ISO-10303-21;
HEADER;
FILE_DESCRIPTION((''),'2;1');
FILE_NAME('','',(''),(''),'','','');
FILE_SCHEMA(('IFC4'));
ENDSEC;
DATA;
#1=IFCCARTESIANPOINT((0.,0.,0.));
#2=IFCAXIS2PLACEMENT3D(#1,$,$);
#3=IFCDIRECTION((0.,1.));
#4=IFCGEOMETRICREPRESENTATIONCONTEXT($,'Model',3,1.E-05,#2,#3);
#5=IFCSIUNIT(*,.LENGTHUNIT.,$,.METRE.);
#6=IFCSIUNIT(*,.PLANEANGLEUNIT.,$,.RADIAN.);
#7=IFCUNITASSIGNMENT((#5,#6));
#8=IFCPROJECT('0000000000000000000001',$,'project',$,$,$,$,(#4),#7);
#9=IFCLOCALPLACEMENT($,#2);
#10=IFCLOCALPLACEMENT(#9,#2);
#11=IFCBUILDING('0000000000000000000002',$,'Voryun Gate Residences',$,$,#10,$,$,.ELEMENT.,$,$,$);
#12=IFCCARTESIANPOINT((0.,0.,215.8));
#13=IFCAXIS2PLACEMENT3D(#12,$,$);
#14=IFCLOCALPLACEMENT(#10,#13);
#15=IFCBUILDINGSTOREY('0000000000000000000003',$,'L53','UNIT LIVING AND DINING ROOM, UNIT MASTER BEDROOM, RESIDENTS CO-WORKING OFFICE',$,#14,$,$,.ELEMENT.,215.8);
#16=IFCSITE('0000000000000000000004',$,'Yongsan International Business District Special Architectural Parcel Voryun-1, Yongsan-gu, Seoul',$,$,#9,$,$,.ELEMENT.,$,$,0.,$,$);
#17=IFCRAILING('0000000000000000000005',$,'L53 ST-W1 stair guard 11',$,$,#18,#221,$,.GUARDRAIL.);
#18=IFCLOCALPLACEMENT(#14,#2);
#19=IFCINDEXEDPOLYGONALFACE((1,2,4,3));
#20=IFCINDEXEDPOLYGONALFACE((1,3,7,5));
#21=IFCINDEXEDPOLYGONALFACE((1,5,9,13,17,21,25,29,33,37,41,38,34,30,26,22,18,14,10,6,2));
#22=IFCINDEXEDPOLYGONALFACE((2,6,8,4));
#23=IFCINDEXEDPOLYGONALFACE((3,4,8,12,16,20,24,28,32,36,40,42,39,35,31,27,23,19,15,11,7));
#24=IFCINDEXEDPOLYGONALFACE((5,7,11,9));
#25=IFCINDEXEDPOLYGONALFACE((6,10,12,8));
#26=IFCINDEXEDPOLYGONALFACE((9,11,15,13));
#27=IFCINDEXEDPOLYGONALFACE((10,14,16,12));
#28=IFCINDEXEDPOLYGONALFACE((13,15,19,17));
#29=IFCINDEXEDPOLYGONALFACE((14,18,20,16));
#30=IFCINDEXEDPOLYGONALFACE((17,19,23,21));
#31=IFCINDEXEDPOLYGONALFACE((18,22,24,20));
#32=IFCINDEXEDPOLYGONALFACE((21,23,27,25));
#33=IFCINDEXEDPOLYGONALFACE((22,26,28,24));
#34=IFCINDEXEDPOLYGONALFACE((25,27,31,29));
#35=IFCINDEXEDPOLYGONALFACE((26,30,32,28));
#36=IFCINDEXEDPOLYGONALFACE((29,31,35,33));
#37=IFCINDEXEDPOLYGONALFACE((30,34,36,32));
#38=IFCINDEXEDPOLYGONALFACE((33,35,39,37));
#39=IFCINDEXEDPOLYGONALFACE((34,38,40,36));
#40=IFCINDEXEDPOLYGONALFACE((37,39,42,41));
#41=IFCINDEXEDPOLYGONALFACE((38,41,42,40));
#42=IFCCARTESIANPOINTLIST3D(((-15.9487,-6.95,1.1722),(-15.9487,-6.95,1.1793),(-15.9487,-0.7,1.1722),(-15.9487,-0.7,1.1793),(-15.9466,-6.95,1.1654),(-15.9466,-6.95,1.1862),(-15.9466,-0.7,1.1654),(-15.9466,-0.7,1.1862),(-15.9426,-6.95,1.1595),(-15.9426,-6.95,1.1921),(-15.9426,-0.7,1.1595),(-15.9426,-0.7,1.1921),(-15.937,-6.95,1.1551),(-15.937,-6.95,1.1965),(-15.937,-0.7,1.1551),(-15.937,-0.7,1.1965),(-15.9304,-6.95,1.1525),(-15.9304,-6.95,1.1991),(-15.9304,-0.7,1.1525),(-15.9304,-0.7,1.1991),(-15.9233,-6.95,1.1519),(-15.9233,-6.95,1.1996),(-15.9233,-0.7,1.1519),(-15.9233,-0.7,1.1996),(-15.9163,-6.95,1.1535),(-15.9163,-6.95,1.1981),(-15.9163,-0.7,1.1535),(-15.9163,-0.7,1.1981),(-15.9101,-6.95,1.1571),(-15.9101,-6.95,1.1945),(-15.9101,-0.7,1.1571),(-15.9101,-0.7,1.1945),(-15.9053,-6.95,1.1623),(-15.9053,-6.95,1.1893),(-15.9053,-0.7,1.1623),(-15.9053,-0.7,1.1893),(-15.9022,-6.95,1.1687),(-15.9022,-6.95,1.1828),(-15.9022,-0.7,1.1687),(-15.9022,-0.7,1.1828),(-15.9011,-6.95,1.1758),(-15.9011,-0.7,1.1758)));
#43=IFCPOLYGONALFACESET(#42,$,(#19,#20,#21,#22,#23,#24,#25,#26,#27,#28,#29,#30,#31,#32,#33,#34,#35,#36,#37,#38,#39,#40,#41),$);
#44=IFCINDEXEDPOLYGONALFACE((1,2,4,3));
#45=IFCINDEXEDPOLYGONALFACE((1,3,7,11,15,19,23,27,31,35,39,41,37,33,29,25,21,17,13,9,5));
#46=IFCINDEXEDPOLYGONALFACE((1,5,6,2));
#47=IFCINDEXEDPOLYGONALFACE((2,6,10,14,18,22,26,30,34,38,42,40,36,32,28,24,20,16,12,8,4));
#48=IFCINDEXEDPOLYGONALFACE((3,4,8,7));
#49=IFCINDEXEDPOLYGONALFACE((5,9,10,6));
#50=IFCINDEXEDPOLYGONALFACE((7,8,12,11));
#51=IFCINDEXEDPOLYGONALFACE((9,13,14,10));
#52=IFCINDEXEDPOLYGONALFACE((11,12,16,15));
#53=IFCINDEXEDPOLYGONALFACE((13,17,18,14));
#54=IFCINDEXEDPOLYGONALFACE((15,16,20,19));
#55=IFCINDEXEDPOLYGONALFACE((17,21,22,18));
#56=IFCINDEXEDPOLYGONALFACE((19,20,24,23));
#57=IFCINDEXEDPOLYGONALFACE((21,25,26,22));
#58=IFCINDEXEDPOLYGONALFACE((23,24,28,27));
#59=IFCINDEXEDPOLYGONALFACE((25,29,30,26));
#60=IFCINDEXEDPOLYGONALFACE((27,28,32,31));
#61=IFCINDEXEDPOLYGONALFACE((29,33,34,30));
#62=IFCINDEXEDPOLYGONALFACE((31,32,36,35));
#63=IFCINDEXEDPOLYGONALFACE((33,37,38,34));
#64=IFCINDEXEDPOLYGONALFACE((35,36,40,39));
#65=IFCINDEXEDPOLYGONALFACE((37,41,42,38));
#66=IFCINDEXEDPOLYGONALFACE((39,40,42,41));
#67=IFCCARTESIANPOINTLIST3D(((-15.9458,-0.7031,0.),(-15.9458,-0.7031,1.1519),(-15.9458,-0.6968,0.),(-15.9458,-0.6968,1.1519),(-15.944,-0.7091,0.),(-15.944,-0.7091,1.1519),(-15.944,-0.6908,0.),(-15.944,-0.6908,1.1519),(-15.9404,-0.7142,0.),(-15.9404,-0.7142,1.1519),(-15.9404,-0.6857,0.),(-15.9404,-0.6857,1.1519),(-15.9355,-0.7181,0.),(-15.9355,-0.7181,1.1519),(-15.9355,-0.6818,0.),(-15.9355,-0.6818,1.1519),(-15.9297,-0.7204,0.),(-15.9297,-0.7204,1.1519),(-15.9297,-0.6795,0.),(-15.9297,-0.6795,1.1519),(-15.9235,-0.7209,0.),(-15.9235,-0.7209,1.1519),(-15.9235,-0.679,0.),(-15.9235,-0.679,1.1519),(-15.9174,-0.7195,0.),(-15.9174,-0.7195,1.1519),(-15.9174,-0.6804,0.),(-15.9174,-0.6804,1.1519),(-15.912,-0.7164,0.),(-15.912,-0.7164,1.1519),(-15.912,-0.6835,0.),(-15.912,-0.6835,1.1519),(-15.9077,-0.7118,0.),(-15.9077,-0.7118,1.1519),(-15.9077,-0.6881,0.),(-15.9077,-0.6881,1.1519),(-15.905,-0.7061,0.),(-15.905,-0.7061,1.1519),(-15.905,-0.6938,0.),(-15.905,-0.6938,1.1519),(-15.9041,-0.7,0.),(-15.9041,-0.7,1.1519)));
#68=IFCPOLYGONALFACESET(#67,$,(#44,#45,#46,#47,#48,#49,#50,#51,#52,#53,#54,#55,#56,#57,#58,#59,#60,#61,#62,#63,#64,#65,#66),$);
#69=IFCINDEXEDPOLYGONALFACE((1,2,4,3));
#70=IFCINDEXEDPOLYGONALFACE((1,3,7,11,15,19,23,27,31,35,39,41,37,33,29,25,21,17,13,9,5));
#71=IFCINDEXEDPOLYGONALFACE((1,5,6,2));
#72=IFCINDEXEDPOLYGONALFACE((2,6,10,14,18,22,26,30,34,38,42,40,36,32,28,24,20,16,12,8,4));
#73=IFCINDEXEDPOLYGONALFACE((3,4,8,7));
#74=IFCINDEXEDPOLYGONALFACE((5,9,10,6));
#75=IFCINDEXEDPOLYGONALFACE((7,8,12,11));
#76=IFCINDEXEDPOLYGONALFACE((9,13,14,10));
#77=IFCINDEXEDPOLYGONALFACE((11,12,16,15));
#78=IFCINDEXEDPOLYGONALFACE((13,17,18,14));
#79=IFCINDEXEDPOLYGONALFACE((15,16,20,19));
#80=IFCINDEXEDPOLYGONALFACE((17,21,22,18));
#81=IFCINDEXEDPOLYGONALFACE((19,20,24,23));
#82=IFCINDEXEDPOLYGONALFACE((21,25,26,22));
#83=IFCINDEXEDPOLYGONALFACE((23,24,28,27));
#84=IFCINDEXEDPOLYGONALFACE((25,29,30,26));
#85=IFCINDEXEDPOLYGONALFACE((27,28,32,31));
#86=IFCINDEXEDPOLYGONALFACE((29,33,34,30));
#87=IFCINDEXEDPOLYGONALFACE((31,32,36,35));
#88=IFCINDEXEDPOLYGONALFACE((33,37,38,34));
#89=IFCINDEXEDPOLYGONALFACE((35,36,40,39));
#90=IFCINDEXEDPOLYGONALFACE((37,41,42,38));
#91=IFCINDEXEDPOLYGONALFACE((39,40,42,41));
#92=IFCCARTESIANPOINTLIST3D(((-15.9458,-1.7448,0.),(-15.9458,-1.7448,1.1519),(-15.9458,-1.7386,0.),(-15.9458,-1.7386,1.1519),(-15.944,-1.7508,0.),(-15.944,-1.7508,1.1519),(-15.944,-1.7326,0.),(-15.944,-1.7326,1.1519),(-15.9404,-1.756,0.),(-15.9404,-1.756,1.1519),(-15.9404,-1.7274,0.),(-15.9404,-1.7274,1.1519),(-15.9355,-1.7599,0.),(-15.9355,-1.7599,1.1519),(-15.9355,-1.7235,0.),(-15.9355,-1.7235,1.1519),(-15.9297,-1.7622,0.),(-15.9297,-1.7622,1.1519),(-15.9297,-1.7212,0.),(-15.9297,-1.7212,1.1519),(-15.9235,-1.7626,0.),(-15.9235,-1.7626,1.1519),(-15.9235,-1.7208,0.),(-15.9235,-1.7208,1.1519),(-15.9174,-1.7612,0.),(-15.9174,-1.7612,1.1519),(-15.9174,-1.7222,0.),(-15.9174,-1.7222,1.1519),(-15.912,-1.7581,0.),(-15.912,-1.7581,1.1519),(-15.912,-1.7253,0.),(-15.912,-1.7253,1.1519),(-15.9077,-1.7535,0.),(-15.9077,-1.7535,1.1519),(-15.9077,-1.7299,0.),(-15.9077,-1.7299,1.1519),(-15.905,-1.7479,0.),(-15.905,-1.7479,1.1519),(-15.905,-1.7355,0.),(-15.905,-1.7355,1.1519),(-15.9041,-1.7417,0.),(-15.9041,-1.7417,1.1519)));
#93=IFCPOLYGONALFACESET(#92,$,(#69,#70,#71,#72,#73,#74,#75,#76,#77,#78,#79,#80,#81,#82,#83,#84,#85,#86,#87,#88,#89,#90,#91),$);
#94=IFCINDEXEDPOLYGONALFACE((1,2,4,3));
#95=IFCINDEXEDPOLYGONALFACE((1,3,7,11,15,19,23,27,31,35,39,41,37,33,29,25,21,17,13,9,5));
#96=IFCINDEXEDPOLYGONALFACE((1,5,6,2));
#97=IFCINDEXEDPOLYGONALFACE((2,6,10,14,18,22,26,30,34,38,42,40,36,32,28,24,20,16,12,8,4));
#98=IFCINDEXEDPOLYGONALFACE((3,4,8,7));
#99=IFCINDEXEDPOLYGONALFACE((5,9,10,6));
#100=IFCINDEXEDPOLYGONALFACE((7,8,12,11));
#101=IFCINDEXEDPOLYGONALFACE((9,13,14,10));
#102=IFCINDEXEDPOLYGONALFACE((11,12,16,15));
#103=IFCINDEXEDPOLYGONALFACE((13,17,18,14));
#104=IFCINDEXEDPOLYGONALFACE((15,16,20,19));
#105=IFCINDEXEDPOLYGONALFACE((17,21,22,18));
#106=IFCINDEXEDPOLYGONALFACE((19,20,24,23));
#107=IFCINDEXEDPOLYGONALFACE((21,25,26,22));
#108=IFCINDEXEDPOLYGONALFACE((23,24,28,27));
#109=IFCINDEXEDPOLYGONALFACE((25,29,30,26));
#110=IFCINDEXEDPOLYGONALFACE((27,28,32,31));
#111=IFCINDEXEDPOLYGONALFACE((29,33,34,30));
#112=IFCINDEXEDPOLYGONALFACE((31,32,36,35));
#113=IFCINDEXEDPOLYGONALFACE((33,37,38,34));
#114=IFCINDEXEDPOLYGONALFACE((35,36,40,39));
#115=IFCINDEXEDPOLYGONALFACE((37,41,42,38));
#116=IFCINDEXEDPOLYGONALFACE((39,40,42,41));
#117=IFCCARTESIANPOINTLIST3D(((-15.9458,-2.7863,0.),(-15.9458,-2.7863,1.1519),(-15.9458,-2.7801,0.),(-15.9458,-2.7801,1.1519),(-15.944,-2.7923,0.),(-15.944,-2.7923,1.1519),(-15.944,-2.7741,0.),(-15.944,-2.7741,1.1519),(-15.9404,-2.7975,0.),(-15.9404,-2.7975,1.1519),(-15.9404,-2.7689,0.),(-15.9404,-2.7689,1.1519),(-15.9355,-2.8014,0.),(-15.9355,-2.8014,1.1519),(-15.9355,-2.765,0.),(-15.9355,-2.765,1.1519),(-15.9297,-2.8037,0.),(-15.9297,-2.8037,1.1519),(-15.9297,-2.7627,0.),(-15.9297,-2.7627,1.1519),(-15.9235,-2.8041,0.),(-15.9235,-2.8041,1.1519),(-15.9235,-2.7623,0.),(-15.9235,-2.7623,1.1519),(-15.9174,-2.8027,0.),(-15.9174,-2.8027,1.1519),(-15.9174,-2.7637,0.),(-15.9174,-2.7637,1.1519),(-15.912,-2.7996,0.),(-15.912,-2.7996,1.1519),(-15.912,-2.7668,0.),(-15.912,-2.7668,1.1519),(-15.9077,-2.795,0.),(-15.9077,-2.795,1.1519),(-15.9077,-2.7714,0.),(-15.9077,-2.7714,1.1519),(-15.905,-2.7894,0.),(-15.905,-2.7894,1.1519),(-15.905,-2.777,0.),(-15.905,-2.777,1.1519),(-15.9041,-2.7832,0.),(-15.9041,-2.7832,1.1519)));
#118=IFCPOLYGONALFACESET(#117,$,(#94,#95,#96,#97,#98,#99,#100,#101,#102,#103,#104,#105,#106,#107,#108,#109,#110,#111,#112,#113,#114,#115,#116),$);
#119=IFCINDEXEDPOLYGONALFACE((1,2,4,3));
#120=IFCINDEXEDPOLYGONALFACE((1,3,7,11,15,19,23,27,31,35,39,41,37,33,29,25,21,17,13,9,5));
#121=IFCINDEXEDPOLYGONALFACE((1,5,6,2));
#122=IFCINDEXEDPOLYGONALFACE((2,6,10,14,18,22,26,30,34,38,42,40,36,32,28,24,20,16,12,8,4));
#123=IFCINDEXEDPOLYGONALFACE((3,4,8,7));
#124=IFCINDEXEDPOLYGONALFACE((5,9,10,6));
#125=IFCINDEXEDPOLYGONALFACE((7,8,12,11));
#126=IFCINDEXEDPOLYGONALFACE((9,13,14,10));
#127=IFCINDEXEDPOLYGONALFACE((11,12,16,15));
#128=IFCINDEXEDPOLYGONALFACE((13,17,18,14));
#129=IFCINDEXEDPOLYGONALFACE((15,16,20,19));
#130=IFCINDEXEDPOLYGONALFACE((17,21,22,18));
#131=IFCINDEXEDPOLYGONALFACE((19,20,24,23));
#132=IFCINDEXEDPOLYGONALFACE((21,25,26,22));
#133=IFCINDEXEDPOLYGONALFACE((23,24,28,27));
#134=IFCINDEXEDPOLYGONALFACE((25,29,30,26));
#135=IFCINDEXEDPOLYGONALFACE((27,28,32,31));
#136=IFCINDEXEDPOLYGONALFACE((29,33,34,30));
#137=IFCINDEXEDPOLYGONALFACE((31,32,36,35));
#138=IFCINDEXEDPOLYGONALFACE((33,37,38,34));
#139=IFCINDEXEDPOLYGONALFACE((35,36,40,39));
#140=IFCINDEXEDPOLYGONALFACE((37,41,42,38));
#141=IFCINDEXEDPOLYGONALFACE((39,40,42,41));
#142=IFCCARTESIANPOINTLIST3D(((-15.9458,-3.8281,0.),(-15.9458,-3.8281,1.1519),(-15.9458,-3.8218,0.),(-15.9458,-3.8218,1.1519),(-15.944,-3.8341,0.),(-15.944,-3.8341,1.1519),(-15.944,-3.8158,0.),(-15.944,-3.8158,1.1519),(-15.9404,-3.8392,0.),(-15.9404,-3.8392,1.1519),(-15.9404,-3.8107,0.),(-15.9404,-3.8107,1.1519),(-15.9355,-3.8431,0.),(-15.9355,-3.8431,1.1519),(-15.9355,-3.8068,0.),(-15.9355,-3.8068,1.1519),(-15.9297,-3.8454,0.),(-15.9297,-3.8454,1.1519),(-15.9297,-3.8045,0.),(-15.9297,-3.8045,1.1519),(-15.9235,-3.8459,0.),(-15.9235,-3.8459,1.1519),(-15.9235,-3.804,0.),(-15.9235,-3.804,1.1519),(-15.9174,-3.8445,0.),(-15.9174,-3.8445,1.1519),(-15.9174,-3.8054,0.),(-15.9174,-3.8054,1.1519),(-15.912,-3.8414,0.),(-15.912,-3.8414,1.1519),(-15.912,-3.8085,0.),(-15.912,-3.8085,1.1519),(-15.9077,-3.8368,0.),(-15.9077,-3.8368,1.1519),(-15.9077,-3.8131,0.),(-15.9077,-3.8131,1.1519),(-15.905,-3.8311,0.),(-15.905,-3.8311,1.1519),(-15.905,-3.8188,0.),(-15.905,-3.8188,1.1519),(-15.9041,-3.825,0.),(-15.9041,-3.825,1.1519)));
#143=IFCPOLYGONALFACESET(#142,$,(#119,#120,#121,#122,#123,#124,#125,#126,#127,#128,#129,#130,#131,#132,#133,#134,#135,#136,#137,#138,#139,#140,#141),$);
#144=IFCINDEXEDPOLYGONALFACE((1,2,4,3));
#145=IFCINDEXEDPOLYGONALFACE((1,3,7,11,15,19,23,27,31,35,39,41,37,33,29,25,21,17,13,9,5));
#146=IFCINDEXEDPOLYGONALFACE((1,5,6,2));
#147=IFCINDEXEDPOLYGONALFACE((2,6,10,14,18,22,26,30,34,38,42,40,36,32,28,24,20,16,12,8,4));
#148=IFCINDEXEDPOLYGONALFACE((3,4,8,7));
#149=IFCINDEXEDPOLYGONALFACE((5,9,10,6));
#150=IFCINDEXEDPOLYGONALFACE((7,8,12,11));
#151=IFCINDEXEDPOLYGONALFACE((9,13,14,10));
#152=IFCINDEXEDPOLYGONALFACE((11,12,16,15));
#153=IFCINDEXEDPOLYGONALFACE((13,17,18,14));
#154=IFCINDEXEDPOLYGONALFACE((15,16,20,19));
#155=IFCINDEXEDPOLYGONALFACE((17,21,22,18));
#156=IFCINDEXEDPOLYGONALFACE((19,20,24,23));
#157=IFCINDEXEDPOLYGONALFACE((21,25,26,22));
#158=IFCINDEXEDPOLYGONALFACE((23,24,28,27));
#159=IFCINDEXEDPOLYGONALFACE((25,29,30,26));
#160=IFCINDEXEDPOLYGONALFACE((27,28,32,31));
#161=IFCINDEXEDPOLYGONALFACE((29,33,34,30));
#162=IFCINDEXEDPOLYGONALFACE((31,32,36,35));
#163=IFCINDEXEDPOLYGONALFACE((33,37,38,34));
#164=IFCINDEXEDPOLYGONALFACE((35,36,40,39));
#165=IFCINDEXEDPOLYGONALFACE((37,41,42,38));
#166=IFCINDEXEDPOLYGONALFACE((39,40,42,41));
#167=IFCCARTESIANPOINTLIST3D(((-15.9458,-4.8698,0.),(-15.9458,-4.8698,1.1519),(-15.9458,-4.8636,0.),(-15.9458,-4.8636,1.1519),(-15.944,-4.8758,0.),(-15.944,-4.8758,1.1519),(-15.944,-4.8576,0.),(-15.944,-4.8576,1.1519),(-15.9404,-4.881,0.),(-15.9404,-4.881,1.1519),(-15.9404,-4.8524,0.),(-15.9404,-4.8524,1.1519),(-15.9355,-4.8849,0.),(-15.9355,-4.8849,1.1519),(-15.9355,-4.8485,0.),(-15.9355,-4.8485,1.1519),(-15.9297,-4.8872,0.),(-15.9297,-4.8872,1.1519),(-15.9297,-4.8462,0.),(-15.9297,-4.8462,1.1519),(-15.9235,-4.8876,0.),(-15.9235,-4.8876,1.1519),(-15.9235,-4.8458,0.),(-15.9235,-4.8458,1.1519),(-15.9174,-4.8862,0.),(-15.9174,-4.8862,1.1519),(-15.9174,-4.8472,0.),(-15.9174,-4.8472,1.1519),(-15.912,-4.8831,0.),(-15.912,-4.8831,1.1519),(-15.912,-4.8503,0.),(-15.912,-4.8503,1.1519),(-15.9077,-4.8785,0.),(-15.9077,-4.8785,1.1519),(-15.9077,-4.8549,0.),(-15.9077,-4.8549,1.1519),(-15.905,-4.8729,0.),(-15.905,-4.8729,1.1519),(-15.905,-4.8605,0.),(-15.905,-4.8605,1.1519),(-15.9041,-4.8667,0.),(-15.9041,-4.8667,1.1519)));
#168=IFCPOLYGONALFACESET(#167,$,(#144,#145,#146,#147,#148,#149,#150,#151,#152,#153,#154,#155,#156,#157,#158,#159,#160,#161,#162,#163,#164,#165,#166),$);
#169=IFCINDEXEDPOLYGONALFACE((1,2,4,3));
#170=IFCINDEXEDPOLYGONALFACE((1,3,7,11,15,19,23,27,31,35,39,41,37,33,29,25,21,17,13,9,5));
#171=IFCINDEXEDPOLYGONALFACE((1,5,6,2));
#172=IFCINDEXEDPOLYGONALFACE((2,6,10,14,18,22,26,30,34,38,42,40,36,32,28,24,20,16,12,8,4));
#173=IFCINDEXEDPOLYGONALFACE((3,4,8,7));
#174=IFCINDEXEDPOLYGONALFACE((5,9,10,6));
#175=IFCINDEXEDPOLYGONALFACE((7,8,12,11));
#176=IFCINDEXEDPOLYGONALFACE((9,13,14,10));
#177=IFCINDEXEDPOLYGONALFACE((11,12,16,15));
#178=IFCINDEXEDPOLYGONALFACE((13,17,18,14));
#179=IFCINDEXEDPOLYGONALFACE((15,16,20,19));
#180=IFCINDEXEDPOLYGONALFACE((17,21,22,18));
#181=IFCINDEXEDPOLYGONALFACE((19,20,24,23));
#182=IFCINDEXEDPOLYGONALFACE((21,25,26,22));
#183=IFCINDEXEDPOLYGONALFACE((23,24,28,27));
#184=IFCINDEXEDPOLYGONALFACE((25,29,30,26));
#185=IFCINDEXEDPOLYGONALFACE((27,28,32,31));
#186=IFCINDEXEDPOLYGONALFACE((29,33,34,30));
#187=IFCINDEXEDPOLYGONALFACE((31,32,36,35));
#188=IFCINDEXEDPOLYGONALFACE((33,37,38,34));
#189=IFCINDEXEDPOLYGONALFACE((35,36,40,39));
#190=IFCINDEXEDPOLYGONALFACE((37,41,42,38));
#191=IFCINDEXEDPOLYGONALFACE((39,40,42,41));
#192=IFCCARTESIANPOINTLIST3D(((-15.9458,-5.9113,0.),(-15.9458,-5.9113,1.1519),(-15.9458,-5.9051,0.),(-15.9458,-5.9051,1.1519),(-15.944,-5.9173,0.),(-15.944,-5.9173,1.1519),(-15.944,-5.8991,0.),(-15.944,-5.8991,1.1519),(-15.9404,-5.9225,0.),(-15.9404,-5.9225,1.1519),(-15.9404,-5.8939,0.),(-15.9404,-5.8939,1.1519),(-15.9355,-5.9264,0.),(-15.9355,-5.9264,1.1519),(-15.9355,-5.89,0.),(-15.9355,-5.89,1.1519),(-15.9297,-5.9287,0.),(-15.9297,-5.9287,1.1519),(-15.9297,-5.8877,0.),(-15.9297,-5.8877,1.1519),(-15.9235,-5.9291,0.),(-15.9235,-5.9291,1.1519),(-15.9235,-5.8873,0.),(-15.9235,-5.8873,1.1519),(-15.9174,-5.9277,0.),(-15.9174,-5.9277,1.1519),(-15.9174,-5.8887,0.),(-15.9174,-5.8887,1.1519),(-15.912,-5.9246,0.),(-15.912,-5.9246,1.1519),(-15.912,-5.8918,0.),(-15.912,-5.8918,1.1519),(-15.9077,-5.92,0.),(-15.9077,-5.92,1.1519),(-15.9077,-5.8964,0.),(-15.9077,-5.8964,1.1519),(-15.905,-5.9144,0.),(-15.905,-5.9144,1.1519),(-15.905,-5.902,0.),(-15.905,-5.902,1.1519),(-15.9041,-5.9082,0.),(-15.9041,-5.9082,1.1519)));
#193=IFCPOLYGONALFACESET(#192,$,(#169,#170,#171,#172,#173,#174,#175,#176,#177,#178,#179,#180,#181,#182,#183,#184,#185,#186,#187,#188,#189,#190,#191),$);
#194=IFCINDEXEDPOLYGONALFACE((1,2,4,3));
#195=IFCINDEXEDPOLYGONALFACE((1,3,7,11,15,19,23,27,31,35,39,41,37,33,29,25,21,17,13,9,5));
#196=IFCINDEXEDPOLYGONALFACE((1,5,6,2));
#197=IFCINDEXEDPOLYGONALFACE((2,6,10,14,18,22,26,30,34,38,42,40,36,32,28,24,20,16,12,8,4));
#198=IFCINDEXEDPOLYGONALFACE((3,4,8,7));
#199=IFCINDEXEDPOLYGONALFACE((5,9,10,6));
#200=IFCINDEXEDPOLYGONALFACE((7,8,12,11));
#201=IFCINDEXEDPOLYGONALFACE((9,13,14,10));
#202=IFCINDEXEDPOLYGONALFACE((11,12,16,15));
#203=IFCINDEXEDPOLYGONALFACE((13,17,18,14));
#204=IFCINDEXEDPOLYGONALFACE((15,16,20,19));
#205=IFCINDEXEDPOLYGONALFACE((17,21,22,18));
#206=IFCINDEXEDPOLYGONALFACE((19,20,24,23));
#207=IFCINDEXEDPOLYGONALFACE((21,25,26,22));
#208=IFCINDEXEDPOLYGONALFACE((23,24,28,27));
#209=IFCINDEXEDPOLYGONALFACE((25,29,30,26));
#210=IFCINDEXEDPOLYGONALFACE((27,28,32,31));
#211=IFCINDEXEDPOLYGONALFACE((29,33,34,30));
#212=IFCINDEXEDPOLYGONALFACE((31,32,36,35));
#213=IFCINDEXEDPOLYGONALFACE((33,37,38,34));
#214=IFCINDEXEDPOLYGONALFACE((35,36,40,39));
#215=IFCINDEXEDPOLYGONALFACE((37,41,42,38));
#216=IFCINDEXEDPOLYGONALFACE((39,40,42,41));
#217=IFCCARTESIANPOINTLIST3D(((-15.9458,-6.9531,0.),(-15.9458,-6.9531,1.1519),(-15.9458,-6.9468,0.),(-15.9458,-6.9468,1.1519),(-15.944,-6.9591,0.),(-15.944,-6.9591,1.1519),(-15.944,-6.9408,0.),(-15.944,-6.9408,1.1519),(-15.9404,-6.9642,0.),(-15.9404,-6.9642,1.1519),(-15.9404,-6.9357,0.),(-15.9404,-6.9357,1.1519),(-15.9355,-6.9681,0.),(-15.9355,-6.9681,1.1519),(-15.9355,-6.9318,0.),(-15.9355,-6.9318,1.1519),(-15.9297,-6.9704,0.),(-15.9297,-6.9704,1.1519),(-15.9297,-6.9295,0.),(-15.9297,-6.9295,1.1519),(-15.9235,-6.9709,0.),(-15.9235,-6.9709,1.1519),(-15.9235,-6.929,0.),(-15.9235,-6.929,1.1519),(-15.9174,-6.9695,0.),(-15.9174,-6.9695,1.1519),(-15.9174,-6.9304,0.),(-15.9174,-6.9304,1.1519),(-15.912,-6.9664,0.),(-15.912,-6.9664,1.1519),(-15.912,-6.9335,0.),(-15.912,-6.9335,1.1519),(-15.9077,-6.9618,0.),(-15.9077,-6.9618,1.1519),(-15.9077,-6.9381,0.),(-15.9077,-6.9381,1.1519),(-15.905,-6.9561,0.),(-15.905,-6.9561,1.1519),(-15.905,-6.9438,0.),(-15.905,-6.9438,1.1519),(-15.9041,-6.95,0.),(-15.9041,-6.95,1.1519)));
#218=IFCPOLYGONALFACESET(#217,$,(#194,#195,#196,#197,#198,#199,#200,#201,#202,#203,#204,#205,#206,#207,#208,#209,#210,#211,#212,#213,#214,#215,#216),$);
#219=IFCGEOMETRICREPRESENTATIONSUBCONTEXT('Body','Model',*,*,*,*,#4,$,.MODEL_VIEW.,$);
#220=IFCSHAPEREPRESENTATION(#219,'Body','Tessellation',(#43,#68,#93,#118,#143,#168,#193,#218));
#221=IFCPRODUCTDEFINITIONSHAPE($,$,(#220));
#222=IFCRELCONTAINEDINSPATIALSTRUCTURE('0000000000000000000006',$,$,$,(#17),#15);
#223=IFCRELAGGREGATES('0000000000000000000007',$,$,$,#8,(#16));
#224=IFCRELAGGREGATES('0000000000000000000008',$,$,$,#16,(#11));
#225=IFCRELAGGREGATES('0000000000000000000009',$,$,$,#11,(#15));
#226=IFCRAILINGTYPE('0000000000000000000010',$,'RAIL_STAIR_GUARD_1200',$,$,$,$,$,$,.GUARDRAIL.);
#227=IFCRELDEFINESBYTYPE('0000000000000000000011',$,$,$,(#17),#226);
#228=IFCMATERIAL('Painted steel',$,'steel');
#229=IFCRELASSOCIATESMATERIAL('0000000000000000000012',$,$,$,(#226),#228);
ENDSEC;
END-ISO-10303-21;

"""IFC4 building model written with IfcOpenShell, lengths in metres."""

from ifc_helpers import new_model, si_unit, direction, frame, origin, origin_2d, place, context, subcontext, project, spatial, circle, extrude, material, type_object, element, save


model = new_model("IFC4")

# Units and contexts
model_context = context("Model", 3, precision=1e-05, world=origin(), true_north=direction((0.0, 1.0)))
body_context = subcontext(model_context, "Body", "Model", "MODEL_VIEW")
ifc_project = project(units=[si_unit("LENGTHUNIT", "METRE"), si_unit("PLANEANGLEUNIT", "RADIAN")], contexts=[model_context])

# Site, building, storey
site_placement = place(None, origin())
site = spatial("IfcSite", under=ifc_project, at=site_placement, Name="Yongsan International Business District Special Architectural Parcel Voryun-1, Yongsan-gu, Seoul", CompositionType="ELEMENT", RefElevation=0.0)
building_placement = place(site_placement, origin())
building = spatial("IfcBuilding", under=site, at=building_placement, Name="Voryun Gate Residences", CompositionType="ELEMENT")
storey_placement = place(building_placement, frame((0.0, 0.0, 215.8)))
storey = spatial("IfcBuildingStorey", under=building, at=storey_placement, Name="L53", Description="UNIT LIVING AND DINING ROOM, UNIT MASTER BEDROOM, RESIDENTS CO-WORKING OFFICE", CompositionType="ELEMENT", Elevation=215.8)

# Railing
ifc_material_1 = material(Name="Painted steel", Category="steel")
railing_type = type_object("IfcRailingType", Name="RAIL_STAIR_GUARD_1200", PredefinedType="GUARDRAIL", material=ifc_material_1)
railing_1_placement = place(storey_placement, frame((-15.925, -0.7, 0.0)))
element("IfcRailing", 1, at=railing_1_placement, inside=storey, type_object=railing_type, Name="L53 ST-W1 stair guard 11", PredefinedType="GUARDRAIL", context=body_context, shape_type="SweptSolid", body=[
    extrude(circle(Radius=0.0239, at=origin_2d()), frame((0.0, 0.0, 1.1758), z_axis=(0.0, -1.0, 0.0), x_axis=(1.0, 0.0, 0.0)), (0.0, 0.0, 1.0), 6.25),
    extrude(circle(Radius=0.021, at=origin_2d()), origin(), (0.0, 0.0, 1.0), 1.1519),
    extrude(circle(Radius=0.021, at=origin_2d()), frame((0.0, -1.0417, 0.0)), (0.0, 0.0, 1.0), 1.1519),
    extrude(circle(Radius=0.021, at=origin_2d()), frame((0.0, -2.0833, 0.0)), (0.0, 0.0, 1.0), 1.1519),
    extrude(circle(Radius=0.021, at=origin_2d()), frame((0.0, -3.125, 0.0)), (0.0, 0.0, 1.0), 1.1519),
    extrude(circle(Radius=0.021, at=origin_2d()), frame((0.0, -4.1667, 0.0)), (0.0, 0.0, 1.0), 1.1519),
    extrude(circle(Radius=0.021, at=origin_2d()), frame((0.0, -5.2083, 0.0)), (0.0, 0.0, 1.0), 1.1519),
    extrude(circle(Radius=0.021, at=origin_2d()), frame((0.0, -6.25, 0.0)), (0.0, 0.0, 1.0), 1.1519),
])

save(model, "model.ifc")
